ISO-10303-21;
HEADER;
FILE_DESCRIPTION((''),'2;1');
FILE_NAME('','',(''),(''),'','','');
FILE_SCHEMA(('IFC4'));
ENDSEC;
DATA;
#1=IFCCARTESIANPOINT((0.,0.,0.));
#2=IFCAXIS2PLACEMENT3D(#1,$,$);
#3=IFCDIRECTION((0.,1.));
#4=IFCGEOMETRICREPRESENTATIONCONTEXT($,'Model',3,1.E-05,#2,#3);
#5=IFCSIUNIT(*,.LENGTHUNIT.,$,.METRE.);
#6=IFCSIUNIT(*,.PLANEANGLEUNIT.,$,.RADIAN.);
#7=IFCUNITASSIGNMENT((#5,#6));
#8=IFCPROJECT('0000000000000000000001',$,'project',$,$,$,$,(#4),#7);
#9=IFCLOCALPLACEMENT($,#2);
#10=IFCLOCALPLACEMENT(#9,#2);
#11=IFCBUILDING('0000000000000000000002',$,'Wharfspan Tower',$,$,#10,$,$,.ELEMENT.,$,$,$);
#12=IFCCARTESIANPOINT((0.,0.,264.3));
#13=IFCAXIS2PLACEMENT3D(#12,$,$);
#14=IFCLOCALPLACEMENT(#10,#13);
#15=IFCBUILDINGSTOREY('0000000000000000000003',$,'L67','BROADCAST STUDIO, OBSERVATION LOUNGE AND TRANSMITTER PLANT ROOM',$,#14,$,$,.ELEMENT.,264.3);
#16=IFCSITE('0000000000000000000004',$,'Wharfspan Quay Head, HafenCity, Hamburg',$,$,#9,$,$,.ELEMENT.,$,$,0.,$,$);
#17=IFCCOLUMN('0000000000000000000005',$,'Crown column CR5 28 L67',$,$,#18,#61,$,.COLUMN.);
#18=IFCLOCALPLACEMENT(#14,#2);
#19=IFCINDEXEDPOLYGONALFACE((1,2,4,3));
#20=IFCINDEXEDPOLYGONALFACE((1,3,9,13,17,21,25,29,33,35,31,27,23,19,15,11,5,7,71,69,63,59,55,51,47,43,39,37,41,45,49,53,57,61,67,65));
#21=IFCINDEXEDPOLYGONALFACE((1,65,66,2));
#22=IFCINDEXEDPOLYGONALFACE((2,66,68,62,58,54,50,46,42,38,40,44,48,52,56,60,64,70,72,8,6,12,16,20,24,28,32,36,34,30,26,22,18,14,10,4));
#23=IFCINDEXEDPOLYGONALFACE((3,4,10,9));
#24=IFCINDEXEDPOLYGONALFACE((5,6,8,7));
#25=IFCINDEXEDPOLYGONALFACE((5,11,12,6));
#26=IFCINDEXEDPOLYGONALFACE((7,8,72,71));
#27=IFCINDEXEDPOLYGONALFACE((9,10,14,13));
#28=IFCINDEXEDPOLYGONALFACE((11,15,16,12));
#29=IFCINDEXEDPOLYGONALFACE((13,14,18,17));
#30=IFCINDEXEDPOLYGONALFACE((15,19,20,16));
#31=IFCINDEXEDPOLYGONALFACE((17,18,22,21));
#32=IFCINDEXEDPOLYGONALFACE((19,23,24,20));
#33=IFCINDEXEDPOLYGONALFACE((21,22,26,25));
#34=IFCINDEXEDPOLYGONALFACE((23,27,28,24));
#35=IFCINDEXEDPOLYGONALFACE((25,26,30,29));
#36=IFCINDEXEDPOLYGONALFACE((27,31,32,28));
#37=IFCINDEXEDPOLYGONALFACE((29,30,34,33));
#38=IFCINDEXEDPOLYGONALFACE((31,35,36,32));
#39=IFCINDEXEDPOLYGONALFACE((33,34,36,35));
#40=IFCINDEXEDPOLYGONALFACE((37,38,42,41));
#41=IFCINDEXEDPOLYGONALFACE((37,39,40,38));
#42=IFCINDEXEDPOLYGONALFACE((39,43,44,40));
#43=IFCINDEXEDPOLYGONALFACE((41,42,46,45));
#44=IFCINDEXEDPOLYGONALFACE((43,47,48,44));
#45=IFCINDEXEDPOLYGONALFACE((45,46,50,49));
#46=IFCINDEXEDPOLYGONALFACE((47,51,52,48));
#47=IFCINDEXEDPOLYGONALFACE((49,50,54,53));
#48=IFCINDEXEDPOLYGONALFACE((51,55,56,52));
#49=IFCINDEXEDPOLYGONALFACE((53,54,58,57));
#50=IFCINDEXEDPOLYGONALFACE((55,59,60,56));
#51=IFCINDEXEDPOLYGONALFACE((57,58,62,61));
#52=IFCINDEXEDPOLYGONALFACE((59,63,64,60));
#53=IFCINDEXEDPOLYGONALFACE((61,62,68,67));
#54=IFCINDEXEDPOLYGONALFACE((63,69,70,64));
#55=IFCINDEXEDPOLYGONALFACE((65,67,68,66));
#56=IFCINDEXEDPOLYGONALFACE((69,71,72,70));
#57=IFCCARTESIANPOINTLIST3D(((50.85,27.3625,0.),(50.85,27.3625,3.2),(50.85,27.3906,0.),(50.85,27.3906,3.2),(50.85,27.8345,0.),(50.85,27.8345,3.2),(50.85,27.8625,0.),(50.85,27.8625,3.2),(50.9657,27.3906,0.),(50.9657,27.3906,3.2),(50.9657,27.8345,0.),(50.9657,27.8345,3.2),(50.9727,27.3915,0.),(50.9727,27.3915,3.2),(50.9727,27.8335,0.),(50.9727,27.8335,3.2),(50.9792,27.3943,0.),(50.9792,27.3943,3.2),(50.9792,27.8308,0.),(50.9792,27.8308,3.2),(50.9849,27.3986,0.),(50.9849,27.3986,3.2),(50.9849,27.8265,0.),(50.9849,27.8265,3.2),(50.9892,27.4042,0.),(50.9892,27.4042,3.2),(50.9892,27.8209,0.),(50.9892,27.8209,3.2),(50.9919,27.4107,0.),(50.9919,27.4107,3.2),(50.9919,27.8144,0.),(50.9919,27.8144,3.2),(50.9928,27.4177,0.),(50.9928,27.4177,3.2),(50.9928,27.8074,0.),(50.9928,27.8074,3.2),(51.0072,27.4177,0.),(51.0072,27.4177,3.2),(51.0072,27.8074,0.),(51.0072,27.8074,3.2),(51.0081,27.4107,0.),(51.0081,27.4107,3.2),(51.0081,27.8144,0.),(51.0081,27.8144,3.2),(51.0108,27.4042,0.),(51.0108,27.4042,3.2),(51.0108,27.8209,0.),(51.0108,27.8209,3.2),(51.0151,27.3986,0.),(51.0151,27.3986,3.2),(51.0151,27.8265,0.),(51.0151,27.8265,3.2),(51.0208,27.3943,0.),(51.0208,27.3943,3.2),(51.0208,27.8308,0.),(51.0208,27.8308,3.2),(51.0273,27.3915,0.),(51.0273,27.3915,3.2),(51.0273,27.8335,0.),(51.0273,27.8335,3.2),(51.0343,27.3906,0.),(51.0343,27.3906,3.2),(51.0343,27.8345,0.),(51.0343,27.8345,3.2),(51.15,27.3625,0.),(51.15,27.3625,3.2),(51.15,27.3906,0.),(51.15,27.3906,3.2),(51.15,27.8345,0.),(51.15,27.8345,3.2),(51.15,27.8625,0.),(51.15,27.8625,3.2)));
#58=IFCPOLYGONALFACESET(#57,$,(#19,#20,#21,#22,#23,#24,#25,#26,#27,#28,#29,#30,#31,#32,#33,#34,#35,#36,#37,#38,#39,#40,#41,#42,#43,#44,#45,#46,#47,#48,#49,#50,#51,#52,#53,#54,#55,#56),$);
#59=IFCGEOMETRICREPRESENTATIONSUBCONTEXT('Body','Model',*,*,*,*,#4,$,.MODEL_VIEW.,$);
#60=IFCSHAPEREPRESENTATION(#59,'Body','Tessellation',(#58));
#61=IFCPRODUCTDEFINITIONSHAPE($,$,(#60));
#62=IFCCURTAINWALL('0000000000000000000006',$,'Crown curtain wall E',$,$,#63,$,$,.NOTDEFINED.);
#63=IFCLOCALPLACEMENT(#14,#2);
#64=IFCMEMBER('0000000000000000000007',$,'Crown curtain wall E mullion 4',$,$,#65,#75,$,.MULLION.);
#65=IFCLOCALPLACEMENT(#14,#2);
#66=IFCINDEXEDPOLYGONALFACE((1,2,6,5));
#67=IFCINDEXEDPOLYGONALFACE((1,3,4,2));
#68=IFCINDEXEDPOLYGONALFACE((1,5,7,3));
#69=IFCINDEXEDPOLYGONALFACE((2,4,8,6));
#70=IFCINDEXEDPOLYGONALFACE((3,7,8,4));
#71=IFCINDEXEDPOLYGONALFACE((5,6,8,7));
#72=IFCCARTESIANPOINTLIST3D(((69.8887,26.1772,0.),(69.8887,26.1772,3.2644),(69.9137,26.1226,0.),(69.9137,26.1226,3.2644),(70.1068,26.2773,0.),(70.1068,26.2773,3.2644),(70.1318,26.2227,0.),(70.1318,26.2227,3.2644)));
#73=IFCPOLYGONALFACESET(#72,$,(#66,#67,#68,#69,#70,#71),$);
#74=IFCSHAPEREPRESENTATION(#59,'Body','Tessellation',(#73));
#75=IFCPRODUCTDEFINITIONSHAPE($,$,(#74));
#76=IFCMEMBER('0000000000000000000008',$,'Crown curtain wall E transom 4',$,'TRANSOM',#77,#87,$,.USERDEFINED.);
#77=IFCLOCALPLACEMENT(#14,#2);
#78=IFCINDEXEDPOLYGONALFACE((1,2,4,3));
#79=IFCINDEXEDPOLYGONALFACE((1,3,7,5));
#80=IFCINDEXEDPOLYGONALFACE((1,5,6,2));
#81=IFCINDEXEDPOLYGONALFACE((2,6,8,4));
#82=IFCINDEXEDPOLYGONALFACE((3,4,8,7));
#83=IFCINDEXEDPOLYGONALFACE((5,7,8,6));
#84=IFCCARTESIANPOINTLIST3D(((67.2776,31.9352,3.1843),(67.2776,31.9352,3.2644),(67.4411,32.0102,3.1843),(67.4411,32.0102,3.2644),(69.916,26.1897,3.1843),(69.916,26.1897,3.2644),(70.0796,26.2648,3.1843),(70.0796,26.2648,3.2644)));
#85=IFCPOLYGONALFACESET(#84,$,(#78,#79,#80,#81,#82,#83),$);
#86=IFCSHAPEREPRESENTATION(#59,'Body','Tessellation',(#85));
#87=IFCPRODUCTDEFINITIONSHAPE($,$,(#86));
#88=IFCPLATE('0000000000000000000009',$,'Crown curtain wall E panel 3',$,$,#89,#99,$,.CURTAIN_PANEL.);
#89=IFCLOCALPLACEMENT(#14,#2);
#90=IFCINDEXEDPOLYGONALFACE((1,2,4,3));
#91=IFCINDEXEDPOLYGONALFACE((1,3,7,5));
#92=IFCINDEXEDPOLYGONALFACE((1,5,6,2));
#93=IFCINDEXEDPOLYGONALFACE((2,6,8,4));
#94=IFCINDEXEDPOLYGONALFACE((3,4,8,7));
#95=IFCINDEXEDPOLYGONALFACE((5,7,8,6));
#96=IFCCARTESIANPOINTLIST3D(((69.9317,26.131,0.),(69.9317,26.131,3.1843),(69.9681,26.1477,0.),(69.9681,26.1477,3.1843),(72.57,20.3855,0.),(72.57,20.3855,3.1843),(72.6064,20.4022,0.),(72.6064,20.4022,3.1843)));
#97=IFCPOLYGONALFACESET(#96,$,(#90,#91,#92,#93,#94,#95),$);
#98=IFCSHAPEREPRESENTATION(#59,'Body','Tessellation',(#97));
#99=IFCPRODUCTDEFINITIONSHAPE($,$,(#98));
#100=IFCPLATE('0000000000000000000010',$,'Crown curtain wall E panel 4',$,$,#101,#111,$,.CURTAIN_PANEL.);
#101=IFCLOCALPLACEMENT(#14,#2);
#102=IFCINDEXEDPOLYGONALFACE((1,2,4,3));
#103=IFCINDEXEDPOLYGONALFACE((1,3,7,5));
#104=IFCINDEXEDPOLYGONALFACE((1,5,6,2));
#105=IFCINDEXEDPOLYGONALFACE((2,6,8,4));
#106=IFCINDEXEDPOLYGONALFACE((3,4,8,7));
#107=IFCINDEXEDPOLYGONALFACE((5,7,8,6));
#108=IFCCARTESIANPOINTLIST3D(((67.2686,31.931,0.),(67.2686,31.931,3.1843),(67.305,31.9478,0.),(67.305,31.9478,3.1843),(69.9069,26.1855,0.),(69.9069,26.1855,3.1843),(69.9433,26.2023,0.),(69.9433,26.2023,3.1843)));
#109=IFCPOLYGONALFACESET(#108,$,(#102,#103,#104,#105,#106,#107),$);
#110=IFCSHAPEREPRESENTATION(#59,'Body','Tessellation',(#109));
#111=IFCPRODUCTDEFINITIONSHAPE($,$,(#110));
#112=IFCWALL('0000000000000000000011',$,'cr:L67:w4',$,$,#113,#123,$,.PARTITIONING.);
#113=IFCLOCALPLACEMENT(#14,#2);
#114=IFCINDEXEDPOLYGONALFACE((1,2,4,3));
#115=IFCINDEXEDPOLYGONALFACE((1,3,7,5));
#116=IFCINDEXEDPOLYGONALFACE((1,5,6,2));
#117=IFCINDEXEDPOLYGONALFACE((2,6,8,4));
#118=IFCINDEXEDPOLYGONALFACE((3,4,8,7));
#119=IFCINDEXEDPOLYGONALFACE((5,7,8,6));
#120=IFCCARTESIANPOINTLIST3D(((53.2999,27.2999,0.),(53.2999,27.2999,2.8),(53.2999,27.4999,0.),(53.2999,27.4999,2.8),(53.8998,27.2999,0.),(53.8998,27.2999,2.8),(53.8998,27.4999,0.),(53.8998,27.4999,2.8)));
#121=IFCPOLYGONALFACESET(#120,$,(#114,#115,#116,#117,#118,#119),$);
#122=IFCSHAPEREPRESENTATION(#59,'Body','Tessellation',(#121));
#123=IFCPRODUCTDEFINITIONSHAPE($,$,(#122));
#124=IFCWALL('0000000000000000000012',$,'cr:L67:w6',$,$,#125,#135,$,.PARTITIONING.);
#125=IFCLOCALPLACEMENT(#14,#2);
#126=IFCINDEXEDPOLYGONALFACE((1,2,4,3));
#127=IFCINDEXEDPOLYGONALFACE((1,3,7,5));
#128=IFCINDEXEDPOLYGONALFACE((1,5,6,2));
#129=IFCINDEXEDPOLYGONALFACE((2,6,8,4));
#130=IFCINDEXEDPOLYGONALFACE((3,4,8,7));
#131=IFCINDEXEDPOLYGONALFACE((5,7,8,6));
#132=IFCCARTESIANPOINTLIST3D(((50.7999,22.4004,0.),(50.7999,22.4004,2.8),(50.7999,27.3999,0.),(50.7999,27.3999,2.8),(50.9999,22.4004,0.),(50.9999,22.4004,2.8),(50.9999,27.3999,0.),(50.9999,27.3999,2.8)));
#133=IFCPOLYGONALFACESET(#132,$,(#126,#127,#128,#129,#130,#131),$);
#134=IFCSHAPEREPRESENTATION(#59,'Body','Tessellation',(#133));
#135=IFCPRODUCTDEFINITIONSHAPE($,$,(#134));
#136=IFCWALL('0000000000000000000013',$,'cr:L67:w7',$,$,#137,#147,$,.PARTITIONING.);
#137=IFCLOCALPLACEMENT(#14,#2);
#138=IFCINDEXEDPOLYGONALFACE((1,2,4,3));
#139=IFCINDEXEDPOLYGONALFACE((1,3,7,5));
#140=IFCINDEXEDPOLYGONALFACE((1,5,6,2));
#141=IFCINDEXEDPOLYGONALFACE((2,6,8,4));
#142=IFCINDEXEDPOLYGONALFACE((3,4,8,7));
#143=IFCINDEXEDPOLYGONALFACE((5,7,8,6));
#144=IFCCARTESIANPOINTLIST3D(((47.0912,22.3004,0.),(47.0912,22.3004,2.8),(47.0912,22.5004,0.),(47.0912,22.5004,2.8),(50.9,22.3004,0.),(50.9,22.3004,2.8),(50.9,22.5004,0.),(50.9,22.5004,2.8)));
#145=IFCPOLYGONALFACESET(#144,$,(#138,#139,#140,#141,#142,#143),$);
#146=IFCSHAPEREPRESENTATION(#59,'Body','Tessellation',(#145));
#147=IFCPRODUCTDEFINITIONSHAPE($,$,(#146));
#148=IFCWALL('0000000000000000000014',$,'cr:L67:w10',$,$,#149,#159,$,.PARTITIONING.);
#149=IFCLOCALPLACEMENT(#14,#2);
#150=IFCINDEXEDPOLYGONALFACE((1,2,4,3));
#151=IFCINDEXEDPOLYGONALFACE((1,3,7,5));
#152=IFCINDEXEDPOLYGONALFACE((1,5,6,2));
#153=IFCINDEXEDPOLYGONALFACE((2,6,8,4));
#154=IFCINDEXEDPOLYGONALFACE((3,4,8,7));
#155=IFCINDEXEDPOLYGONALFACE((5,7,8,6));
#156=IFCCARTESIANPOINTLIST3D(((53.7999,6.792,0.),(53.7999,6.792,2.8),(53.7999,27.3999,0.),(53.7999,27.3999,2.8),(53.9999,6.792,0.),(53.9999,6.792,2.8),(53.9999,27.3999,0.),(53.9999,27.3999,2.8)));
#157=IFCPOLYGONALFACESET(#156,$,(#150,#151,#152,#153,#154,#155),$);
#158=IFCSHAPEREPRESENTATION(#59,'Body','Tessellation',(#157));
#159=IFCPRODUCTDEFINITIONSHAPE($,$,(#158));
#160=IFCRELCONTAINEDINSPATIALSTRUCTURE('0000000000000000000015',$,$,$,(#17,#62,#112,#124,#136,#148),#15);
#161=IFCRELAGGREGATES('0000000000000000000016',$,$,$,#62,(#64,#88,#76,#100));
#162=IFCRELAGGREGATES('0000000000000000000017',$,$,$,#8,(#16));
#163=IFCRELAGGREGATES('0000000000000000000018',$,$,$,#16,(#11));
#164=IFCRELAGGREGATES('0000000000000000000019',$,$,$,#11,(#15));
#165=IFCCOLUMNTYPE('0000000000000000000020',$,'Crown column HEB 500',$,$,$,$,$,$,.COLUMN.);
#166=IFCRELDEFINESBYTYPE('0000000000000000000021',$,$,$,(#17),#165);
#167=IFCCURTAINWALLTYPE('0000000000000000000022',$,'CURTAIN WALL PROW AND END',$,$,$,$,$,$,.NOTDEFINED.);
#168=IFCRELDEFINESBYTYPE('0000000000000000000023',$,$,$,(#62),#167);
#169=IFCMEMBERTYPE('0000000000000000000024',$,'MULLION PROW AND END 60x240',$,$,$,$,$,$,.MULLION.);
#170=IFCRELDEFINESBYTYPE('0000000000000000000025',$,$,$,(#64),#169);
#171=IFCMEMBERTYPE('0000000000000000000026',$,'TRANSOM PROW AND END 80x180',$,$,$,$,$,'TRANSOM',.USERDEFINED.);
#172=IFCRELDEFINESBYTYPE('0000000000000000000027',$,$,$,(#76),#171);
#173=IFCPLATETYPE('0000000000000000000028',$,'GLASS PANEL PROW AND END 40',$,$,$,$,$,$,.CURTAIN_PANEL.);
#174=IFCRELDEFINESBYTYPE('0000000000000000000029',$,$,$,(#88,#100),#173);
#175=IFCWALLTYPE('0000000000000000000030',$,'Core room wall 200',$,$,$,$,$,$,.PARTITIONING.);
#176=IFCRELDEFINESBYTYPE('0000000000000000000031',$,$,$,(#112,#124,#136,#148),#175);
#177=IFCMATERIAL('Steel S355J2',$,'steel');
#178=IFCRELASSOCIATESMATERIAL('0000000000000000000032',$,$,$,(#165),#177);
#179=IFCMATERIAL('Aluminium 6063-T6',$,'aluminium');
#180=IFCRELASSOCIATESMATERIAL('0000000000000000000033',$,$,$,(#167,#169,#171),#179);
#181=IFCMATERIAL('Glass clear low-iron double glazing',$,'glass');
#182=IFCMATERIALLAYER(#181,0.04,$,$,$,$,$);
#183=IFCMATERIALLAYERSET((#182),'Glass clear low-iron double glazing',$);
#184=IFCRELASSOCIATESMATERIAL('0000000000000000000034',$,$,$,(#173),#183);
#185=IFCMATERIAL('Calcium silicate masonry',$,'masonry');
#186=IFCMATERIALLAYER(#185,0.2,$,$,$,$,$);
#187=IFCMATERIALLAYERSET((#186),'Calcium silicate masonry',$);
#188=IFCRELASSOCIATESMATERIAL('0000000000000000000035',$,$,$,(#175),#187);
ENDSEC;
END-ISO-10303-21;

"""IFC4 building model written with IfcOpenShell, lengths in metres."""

from ifc_helpers import new_model, si_unit, direction, frame, frame_2d, origin, origin_2d, place, context, subcontext, project, spatial, rectangle, i_section, extrude, material, layer, layer_set, material_profile, profile_set, type_object, element, aggregate, save


model = new_model("IFC4")

# Units and contexts
model_context = context("Model", 3, precision=1e-05, world=origin(), true_north=direction((0.0, 1.0)))
body_context = subcontext(model_context, "Body", "Model", "MODEL_VIEW")
ifc_project = project(units=[si_unit("LENGTHUNIT", "METRE"), si_unit("PLANEANGLEUNIT", "RADIAN")], contexts=[model_context])

# Site, building, storey
site_placement = place(None, origin())
site = spatial("IfcSite", under=ifc_project, at=site_placement, Name="Wharfspan Quay Head, HafenCity, Hamburg", CompositionType="ELEMENT", RefElevation=0.0)
building_placement = place(site_placement, origin())
building = spatial("IfcBuilding", under=site, at=building_placement, Name="Wharfspan Tower", CompositionType="ELEMENT")
storey_placement = place(building_placement, frame((0.0, 0.0, 264.3)))
storey = spatial("IfcBuildingStorey", under=building, at=storey_placement, Name="L67", Description="BROADCAST STUDIO, OBSERVATION LOUNGE AND TRANSMITTER PLANT ROOM", CompositionType="ELEMENT", Elevation=264.3)

# Column
ifc_material_1 = material(Name="Steel S355J2", Category="steel")
ifc_material_profile_1 = material_profile(ifc_material_1, i_section(OverallWidth=0.3, OverallDepth=0.5, WebThickness=0.0144, FlangeThickness=0.0281, FilletRadius=0.0271, at=origin_2d()))
ifc_profile_set_1 = profile_set([ifc_material_profile_1], Name="Steel S355J2")
column_type = type_object("IfcColumnType", Name="Crown column HEB 500", PredefinedType="COLUMN", material=ifc_profile_set_1)
column_placement = place(storey_placement, frame((51.0, 27.6125, 0.0), z_axis=(0.0, 0.0, 1.0), x_axis=(1.0, 0.0, 0.0)))
element("IfcColumn", 1, at=column_placement, inside=storey, type_object=column_type, Name="Crown column CR5 28 L67", PredefinedType="COLUMN", context=body_context, shape_type="SweptSolid", body=[
    extrude(i_section(OverallWidth=0.3, OverallDepth=0.5, WebThickness=0.0144, FlangeThickness=0.0281, FilletRadius=0.0271, at=origin_2d()), origin(), (0.0, 0.0, 1.0), 3.2),
])

# Curtain wall, members, plates
ifc_material_2 = material(Name="Aluminium 6063-T6", Category="aluminium")
curtain_wall_type = type_object("IfcCurtainWallType", Name="CURTAIN WALL PROW AND END", PredefinedType="NOTDEFINED", material=ifc_material_2)
curtain_wall_placement = place(storey_placement, origin())
curtain_wall = element("IfcCurtainWall", 2, at=curtain_wall_placement, inside=storey, type_object=curtain_wall_type, Name="Crown curtain wall E", PredefinedType="NOTDEFINED")
ifc_material_profile_2 = material_profile(ifc_material_2, rectangle(XDim=0.24, YDim=0.0601, at=origin_2d()))
ifc_profile_set_2 = profile_set([ifc_material_profile_2], Name="Aluminium 6063-T6")
member_type_1 = type_object("IfcMemberType", Name="MULLION PROW AND END 60x240", PredefinedType="MULLION", material=ifc_profile_set_2)
member_1_placement = place(storey_placement, frame((70.0103, 26.2, 0.0), z_axis=(0.0, 0.0, 1.0), x_axis=(-0.908769, -0.417292, 0.0)))
member_1 = element("IfcMember", 3, at=member_1_placement, type_object=member_type_1, Name="Crown curtain wall E mullion 4", PredefinedType="MULLION", context=body_context, shape_type="SweptSolid", body=[
    extrude(rectangle(XDim=0.24, YDim=0.0601, at=origin_2d()), origin(), (0.0, 0.0, 1.0), 3.2644),
])
ifc_material_profile_3 = material_profile(ifc_material_2, rectangle(XDim=0.1799, YDim=0.0801, at=origin_2d()))
ifc_profile_set_3 = profile_set([ifc_material_profile_3], Name="Aluminium 6063-T6")
member_type_2 = type_object("IfcMemberType", Name="TRANSOM PROW AND END 80x180", ElementType="TRANSOM", PredefinedType="USERDEFINED", material=ifc_profile_set_3)
member_2_placement = place(storey_placement, frame((69.9978, 26.2273, 3.2244), z_axis=(-0.417326, 0.908757, 0.0), x_axis=(-0.908757, -0.417326, 0.0)))
member_2 = element("IfcMember", 4, at=member_2_placement, type_object=member_type_2, Name="Crown curtain wall E transom 4", ObjectType="TRANSOM", PredefinedType="USERDEFINED", context=body_context, shape_type="SweptSolid", body=[
    extrude(rectangle(XDim=0.1799, YDim=0.0801, at=origin_2d()), origin(), (0.0, 0.0, 1.0), 6.3223),
])
ifc_material_3 = material(Name="Glass clear low-iron double glazing", Category="glass")
ifc_layer_1 = layer(ifc_material_3, 0.04)
ifc_layer_set_1 = layer_set([ifc_layer_1], Name="Glass clear low-iron double glazing")
plate_type = type_object("IfcPlateType", Name="GLASS PANEL PROW AND END 40", PredefinedType="CURTAIN_PANEL", material=ifc_layer_set_1)
plate_1_placement = place(storey_placement, frame((71.269, 23.2666, 0.0), z_axis=(0.0, 0.0, 1.0), x_axis=(-0.417292, 0.908769, 0.0)))
plate_1 = element("IfcPlate", 5, at=plate_1_placement, type_object=plate_type, Name="Crown curtain wall E panel 3", PredefinedType="CURTAIN_PANEL", context=body_context, shape_type="SweptSolid", body=[
    extrude(rectangle(XDim=6.3223, YDim=0.04, at=origin_2d()), origin(), (0.0, 0.0, 1.0), 3.1843),
])
plate_2_placement = place(storey_placement, frame((68.606, 29.0666, 0.0), z_axis=(0.0, 0.0, 1.0), x_axis=(-0.417292, 0.908769, 0.0)))
plate_2 = element("IfcPlate", 6, at=plate_2_placement, type_object=plate_type, Name="Crown curtain wall E panel 4", PredefinedType="CURTAIN_PANEL", context=body_context, shape_type="SweptSolid", body=[
    extrude(rectangle(XDim=6.3223, YDim=0.04, at=origin_2d()), origin(), (0.0, 0.0, 1.0), 3.1843),
])
aggregate(curtain_wall, [member_1, plate_1, member_2, plate_2])

# Walls
ifc_material_4 = material(Name="Calcium silicate masonry", Category="masonry")
ifc_layer_2 = layer(ifc_material_4, 0.2)
ifc_layer_set_2 = layer_set([ifc_layer_2], Name="Calcium silicate masonry")
wall_type_1 = type_object("IfcWallType", Name="Core room wall 200", PredefinedType="PARTITIONING", material=ifc_layer_set_2)
wall_1_placement = place(storey_placement, frame((53.3, 27.3999, 0.0), z_axis=(0.0, 0.0, 1.0), x_axis=(1.0, 0.0, 0.0)))
element("IfcWall", 7, at=wall_1_placement, inside=storey, type_object=wall_type_1, Name="cr:L67:w4", PredefinedType="PARTITIONING", context=body_context, shape_type="SweptSolid", body=[
    extrude(rectangle(XDim=0.5999, YDim=0.2, at=frame_2d((0.2998, 0.0))), origin(), (0.0, 0.0, 1.0), 2.8),
])
wall_2_placement = place(storey_placement, frame((50.8999, 27.3999, 0.0), z_axis=(0.0, 0.0, 1.0), x_axis=(0.0, -1.0, 0.0)))
element("IfcWall", 8, at=wall_2_placement, inside=storey, type_object=wall_type_1, Name="cr:L67:w6", PredefinedType="PARTITIONING", context=body_context, shape_type="SweptSolid", body=[
    extrude(rectangle(XDim=4.9995, YDim=0.2, at=frame_2d((2.4998, 0.0))), origin(), (0.0, 0.0, 1.0), 2.8),
])
wall_3_placement = place(storey_placement, frame((50.8999, 22.4004, 0.0), z_axis=(0.0, 0.0, 1.0), x_axis=(-1.0, 0.0, 0.0)))
element("IfcWall", 9, at=wall_3_placement, inside=storey, type_object=wall_type_1, Name="cr:L67:w7", PredefinedType="PARTITIONING", context=body_context, shape_type="SweptSolid", body=[
    extrude(rectangle(XDim=3.8088, YDim=0.2, at=frame_2d((1.9043, 0.0))), origin(), (0.0, 0.0, 1.0), 2.8),
])
wall_4_placement = place(storey_placement, frame((53.8999, 27.3999, 0.0), z_axis=(0.0, 0.0, 1.0), x_axis=(0.0, -1.0, 0.0)))
element("IfcWall", 10, at=wall_4_placement, inside=storey, type_object=wall_type_1, Name="cr:L67:w10", PredefinedType="PARTITIONING", context=body_context, shape_type="SweptSolid", body=[
    extrude(rectangle(XDim=20.6079, YDim=0.2, at=frame_2d((10.304, 0.0))), origin(), (0.0, 0.0, 1.0), 2.8),
])

save(model, "model.ifc")
